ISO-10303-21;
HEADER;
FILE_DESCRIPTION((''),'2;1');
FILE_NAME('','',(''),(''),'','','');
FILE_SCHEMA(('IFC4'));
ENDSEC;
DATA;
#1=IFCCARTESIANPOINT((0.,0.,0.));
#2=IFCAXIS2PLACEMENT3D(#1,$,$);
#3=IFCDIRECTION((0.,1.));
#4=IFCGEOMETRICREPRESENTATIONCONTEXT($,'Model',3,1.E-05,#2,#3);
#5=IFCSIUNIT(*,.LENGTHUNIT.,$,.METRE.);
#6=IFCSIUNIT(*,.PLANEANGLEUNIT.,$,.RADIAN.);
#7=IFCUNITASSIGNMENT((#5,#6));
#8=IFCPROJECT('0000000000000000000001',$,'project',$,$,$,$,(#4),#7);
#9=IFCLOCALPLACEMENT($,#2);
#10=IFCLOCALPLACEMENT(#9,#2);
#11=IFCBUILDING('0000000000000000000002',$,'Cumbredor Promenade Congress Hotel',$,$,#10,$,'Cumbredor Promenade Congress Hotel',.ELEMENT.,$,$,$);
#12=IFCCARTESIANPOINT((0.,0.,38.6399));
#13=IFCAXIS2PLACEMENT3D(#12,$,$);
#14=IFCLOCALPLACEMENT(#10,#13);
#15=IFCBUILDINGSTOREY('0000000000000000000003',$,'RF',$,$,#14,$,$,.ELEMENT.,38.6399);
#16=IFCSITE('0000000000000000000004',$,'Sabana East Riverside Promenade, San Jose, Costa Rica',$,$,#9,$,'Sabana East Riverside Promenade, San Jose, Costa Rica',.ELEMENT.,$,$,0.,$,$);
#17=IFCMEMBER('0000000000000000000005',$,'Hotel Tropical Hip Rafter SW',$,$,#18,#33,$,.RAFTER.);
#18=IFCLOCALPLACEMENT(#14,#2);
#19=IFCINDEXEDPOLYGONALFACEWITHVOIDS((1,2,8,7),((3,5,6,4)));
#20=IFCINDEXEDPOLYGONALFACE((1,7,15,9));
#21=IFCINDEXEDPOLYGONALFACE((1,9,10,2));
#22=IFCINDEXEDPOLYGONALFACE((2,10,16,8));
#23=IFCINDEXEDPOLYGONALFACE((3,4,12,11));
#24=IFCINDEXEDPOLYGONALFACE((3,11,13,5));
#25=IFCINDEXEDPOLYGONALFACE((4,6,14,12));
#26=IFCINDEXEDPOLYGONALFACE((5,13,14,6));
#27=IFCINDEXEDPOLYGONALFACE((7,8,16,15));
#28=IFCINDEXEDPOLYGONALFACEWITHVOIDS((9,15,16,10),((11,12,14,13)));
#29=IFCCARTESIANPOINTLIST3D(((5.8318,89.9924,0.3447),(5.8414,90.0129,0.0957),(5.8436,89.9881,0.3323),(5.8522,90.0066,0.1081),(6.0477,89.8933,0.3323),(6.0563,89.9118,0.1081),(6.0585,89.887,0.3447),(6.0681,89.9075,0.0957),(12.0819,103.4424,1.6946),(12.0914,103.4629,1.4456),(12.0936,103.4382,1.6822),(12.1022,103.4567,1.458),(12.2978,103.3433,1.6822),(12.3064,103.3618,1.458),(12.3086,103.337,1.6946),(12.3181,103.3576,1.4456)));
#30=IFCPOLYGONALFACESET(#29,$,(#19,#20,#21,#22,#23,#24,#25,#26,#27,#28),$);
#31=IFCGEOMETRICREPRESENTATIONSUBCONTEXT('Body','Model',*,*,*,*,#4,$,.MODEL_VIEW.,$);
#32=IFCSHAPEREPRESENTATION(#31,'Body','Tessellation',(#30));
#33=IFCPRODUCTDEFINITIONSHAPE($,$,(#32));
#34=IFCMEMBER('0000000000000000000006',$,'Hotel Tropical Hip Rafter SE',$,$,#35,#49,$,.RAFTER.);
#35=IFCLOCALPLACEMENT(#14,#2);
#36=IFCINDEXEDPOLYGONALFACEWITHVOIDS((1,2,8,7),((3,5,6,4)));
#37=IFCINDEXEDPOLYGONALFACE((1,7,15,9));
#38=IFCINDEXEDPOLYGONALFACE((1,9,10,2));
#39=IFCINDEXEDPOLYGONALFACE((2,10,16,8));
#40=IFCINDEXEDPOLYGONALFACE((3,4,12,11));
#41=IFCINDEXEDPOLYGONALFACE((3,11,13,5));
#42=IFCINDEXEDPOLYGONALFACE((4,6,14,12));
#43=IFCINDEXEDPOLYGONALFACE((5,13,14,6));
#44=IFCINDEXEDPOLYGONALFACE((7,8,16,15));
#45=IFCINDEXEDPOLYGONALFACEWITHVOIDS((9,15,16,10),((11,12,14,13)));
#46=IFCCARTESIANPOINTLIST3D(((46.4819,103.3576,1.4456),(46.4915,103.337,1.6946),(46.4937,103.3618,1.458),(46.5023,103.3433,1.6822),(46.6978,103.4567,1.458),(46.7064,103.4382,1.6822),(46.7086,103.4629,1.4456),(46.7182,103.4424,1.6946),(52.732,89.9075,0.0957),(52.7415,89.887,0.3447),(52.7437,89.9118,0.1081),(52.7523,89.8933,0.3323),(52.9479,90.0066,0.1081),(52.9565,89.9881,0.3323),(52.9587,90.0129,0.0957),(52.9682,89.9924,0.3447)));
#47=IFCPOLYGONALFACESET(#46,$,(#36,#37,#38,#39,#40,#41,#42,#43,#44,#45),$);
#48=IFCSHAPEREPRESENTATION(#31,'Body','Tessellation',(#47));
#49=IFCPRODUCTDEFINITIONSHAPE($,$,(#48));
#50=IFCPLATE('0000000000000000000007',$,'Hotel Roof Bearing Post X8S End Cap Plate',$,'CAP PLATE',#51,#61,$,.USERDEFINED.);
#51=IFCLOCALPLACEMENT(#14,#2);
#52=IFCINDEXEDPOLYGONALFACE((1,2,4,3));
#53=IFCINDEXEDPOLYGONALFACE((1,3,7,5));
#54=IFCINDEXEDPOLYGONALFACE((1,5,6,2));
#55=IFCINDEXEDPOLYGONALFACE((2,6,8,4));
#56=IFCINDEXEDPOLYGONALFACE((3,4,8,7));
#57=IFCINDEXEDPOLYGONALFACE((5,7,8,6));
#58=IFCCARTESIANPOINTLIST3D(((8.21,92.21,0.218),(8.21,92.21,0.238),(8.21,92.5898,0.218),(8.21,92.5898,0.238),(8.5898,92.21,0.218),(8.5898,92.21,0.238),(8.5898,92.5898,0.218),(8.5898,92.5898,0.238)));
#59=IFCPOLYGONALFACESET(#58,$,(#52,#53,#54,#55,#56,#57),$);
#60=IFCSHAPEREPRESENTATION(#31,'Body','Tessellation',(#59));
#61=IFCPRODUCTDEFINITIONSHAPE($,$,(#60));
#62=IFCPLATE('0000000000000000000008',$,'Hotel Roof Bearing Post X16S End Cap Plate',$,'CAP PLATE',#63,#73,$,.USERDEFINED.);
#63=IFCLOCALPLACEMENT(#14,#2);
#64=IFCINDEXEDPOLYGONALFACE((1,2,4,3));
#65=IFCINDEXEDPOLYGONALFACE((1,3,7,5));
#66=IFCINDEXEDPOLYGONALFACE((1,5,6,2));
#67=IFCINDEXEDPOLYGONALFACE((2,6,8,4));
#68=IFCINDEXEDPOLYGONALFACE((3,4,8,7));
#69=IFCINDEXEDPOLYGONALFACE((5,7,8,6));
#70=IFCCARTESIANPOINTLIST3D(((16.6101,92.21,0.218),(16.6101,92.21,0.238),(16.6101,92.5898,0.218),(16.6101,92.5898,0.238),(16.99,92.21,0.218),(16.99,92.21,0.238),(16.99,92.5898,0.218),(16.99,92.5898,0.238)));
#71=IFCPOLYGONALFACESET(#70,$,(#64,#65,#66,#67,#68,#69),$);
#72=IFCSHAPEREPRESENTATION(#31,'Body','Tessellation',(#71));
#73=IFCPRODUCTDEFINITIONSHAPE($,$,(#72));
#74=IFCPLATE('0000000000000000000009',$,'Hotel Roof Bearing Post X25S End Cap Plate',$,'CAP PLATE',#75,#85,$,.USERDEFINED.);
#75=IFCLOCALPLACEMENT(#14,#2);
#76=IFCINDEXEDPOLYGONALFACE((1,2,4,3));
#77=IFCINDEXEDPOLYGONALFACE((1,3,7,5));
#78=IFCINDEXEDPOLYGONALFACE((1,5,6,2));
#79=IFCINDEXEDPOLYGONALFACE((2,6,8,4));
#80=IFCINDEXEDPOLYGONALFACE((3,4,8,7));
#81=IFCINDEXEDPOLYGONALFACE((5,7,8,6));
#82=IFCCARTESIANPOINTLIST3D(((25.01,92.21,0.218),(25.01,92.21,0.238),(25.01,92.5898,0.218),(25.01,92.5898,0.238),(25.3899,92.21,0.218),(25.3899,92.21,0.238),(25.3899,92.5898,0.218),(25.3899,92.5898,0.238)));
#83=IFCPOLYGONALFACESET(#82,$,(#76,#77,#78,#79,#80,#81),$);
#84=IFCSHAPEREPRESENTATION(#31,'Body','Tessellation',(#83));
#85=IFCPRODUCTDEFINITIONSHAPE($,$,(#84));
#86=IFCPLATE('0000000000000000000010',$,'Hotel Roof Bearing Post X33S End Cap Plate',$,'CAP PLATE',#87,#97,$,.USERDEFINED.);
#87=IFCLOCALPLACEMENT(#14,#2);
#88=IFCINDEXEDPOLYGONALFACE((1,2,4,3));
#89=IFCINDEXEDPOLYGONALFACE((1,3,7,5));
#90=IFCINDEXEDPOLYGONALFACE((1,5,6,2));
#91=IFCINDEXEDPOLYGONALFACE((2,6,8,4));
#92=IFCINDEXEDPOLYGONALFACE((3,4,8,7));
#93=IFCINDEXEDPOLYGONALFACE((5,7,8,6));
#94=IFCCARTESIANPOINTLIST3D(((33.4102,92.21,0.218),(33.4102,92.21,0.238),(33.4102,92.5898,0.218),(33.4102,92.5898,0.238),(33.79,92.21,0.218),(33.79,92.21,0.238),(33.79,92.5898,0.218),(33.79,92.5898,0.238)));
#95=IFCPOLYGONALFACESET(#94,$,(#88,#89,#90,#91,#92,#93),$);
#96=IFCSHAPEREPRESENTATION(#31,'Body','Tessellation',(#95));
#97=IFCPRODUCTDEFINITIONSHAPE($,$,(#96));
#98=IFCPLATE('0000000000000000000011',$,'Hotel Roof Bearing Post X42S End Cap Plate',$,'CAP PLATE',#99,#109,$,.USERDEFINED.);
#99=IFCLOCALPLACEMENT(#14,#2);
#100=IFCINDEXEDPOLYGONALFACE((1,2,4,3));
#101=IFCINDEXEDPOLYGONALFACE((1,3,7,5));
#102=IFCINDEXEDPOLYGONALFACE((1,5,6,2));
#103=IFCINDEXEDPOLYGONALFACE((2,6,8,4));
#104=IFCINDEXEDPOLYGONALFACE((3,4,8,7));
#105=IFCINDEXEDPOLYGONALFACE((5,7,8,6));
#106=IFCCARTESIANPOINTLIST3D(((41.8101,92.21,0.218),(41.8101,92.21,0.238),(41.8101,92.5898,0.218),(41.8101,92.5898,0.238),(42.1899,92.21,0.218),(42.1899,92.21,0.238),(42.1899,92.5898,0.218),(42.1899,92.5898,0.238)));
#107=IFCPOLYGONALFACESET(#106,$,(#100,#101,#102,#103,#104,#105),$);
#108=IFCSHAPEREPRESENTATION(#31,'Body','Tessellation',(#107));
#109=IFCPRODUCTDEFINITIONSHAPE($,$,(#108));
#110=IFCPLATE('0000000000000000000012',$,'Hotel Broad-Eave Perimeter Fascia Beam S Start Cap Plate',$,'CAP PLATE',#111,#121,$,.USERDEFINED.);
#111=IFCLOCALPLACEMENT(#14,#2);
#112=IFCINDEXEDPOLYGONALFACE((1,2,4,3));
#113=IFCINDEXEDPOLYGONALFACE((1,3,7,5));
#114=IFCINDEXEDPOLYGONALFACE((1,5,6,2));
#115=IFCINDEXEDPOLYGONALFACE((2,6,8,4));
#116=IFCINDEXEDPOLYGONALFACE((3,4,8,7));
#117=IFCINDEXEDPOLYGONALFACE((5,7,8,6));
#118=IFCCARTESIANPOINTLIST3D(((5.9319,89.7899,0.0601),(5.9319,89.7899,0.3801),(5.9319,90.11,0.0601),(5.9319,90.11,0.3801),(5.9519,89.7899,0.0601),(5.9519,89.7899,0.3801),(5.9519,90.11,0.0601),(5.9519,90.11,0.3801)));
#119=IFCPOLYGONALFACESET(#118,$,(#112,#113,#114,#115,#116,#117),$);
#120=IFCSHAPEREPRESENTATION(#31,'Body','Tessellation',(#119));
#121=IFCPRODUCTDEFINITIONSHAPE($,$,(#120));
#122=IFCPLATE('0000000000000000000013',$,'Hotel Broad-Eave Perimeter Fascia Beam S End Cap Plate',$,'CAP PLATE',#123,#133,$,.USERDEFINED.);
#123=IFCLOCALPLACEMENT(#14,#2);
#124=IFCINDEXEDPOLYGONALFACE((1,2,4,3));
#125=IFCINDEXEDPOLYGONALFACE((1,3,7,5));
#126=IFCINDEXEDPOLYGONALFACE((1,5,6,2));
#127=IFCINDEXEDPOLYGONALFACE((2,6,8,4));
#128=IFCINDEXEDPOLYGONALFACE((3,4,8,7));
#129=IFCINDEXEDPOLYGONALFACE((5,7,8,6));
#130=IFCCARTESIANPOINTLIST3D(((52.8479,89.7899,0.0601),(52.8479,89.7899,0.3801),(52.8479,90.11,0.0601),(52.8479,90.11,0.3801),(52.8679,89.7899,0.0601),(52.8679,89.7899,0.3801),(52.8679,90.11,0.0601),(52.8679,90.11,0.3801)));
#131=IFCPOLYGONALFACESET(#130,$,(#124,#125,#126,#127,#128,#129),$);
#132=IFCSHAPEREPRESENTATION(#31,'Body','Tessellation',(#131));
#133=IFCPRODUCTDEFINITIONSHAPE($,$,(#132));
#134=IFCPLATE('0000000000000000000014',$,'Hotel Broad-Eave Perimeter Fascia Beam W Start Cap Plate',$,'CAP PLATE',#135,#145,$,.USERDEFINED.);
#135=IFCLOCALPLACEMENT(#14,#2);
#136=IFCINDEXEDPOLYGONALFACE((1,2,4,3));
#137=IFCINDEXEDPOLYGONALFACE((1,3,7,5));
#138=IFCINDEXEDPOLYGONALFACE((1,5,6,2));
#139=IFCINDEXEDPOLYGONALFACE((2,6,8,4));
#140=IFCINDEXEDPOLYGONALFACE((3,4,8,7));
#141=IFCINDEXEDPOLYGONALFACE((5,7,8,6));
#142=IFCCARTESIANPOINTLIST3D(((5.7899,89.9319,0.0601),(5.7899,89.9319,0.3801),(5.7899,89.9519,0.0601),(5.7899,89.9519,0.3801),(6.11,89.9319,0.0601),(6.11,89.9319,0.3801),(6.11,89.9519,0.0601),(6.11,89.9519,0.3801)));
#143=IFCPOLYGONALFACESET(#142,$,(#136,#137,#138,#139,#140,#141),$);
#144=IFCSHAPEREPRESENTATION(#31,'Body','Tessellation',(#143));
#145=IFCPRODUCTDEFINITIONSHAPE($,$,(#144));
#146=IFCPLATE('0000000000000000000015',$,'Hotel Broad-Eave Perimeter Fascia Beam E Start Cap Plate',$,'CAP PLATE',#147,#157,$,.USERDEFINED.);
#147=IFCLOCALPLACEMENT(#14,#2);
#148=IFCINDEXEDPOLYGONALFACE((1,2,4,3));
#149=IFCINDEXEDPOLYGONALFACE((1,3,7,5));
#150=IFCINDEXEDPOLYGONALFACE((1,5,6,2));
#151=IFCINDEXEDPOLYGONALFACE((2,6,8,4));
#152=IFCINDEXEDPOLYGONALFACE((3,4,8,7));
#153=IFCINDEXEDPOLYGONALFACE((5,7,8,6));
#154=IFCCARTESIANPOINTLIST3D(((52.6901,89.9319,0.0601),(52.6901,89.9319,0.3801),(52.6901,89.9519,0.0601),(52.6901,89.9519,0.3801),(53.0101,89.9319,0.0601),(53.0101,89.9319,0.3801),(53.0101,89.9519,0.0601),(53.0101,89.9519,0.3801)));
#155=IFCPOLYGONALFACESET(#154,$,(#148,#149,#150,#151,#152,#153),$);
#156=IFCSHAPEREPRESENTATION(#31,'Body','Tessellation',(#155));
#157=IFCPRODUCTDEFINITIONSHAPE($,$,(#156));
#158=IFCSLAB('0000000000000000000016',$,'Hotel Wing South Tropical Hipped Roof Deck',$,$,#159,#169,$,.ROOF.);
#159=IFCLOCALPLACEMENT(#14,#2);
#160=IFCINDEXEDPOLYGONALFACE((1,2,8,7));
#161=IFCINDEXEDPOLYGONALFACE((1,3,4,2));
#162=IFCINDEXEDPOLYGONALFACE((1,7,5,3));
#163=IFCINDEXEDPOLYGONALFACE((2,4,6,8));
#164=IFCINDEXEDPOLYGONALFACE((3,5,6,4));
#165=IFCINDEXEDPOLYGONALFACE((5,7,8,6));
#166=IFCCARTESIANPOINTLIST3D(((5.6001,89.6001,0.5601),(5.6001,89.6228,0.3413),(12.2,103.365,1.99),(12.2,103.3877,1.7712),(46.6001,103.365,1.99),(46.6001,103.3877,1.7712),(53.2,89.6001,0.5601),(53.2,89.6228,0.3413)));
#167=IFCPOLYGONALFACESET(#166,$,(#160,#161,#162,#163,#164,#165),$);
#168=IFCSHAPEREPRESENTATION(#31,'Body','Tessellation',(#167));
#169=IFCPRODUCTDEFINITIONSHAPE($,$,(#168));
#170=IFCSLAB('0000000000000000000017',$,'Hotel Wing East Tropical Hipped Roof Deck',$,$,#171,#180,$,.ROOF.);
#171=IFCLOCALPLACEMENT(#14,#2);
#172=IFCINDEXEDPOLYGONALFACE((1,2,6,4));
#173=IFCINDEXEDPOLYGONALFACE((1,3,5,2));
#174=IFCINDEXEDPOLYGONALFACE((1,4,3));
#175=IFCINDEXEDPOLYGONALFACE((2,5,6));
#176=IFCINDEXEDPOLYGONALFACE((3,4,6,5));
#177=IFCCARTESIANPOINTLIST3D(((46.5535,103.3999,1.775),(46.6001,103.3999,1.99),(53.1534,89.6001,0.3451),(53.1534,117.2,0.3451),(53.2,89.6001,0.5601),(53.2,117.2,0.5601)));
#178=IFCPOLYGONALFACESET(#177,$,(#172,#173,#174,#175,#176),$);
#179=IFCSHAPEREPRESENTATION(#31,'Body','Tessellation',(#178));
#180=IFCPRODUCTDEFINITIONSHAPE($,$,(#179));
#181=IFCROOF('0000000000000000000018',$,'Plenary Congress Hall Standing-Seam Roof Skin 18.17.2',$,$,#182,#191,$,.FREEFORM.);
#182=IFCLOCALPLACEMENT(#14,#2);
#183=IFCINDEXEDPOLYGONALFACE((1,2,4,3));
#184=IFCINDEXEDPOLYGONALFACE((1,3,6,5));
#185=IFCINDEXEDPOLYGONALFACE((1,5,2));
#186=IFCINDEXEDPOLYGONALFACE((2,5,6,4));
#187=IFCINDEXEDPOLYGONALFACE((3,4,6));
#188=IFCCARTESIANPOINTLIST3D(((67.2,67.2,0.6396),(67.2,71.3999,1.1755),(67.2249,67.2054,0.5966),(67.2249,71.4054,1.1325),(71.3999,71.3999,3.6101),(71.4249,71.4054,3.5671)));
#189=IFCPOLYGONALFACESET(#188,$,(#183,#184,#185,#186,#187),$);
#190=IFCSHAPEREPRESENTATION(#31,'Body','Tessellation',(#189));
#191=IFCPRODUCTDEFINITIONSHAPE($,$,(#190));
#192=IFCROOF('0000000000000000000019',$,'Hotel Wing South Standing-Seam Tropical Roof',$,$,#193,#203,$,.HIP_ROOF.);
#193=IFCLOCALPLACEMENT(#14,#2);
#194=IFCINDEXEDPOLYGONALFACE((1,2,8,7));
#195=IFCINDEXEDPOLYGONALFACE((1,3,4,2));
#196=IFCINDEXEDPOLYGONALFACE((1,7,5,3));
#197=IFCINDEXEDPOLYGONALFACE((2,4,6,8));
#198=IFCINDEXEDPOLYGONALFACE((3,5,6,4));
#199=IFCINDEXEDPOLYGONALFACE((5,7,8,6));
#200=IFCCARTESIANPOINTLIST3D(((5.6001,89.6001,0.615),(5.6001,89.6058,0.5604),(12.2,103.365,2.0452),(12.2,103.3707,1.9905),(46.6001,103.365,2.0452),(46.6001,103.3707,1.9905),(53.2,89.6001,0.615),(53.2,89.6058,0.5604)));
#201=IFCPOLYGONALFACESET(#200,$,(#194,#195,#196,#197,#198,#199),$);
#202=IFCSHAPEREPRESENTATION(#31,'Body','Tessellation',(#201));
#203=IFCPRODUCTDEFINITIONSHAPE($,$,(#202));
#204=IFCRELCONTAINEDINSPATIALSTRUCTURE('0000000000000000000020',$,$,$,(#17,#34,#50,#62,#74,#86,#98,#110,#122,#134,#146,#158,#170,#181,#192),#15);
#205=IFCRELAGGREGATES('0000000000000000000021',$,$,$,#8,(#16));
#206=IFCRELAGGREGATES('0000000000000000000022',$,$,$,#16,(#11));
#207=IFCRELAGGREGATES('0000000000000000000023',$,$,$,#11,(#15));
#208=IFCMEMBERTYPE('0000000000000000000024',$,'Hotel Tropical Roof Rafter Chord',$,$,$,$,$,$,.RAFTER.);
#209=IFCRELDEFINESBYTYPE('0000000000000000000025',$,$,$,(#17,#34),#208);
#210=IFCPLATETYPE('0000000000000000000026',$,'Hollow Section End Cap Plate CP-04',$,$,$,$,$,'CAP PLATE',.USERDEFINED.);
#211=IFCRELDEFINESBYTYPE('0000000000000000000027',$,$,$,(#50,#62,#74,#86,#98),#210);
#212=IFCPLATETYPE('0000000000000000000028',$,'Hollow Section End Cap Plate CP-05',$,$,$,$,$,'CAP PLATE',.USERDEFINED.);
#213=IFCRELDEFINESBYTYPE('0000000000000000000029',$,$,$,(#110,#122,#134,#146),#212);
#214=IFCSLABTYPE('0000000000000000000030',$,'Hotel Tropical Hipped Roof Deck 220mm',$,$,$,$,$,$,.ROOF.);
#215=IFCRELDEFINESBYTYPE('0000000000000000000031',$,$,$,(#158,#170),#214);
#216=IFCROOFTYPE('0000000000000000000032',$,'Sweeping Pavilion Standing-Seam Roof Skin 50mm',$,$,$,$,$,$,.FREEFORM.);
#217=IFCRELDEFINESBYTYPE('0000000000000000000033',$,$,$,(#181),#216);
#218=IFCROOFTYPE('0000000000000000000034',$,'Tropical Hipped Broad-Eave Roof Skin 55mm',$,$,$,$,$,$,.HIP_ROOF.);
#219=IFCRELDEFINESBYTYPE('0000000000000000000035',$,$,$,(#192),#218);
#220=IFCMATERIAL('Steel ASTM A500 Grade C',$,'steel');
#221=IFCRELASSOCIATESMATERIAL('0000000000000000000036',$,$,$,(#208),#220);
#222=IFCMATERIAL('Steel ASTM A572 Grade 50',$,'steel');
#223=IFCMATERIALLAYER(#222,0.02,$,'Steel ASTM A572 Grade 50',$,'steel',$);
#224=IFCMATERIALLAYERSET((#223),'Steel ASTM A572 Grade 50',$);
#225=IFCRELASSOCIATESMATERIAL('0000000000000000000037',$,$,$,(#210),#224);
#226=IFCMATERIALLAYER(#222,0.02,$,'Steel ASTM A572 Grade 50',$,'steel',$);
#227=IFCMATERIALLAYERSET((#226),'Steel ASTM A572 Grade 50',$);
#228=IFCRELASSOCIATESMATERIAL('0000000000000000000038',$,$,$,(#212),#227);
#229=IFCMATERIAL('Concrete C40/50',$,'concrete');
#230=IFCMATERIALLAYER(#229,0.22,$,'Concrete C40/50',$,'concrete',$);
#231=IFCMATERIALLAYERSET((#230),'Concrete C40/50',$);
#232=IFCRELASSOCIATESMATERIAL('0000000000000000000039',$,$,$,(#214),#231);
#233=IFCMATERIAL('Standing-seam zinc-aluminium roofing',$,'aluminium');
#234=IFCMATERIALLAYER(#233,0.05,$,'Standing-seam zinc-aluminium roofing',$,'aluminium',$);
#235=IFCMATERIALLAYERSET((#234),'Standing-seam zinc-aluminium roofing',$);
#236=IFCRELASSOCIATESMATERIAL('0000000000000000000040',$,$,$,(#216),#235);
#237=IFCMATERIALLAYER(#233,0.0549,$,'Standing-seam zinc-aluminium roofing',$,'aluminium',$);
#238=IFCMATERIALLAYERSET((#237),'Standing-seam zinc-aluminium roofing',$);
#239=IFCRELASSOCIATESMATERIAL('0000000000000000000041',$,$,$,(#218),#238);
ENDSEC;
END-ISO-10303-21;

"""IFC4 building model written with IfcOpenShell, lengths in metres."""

from ifc_helpers import new_model, si_unit, direction, frame, origin, origin_2d, place, context, subcontext, project, spatial, polyline, rectangle, hollow_rectangle, outline, extrude, material, layer, layer_set, material_profile, profile_set, type_object, element, save


model = new_model("IFC4")

# Units and contexts
model_context = context("Model", 3, precision=1e-05, world=origin(), true_north=direction((0.0, 1.0)))
body_context = subcontext(model_context, "Body", "Model", "MODEL_VIEW")
ifc_project = project(units=[si_unit("LENGTHUNIT", "METRE"), si_unit("PLANEANGLEUNIT", "RADIAN")], contexts=[model_context])

# Site, building, storey
site_placement = place(None, origin())
site = spatial("IfcSite", under=ifc_project, at=site_placement, Name="Sabana East Riverside Promenade, San Jose, Costa Rica", LongName="Sabana East Riverside Promenade, San Jose, Costa Rica", CompositionType="ELEMENT", RefElevation=0.0)
building_placement = place(site_placement, origin())
building = spatial("IfcBuilding", under=site, at=building_placement, Name="Cumbredor Promenade Congress Hotel", LongName="Cumbredor Promenade Congress Hotel", CompositionType="ELEMENT")
storey_placement = place(building_placement, frame((0.0, 0.0, 38.6399)))
storey = spatial("IfcBuildingStorey", under=building, at=storey_placement, Name="RF", CompositionType="ELEMENT", Elevation=38.6399)

# Shared definitions
ifc_material_1 = material(Name="Steel ASTM A500 Grade C", Category="steel")

# Members
ifc_material_profile_1 = material_profile(ifc_material_1, hollow_rectangle(XDim=0.25, YDim=0.25, WallThickness=0.0125, at=origin_2d()), Name="HSS 250x250x12.5")
ifc_profile_set_1 = profile_set([ifc_material_profile_1], Name="Steel ASTM A500 Grade C")
member_type = type_object("IfcMemberType", Name="Hotel Tropical Roof Rafter Chord", PredefinedType="RAFTER", material=ifc_profile_set_1)
for number, where, z_axis, x_axis, name in (
    (1, (5.95, 89.95, 0.2202), (0.419675, 0.903137, 0.09064), (-0.90687, 0.42141, 0.0), "Hotel Tropical Hip Rafter SW"),
    (2, (52.8501, 89.95, 0.2202), (-0.419675, 0.903137, 0.09064), (-0.90687, -0.42141, 0.0), "Hotel Tropical Hip Rafter SE"),
):
    element("IfcMember", number, at=place(storey_placement, frame(where, z_axis=z_axis, x_axis=x_axis)), inside=storey, type_object=member_type, Name=name, PredefinedType="RAFTER", context=body_context, shape_type="SweptSolid", body=[
        extrude(hollow_rectangle(XDim=0.25, YDim=0.25, WallThickness=0.0125, at=origin_2d()), origin(), (0.0, 0.0, 1.0), 14.8926),
    ])

# Plates
ifc_material_2 = material(Name="Steel ASTM A572 Grade 50", Category="steel")
ifc_layer_1 = layer(ifc_material_2, 0.02, Name="Steel ASTM A572 Grade 50", Category="steel")
ifc_layer_set_1 = layer_set([ifc_layer_1], Name="Steel ASTM A572 Grade 50")
plate_type_1 = type_object("IfcPlateType", Name="Hollow Section End Cap Plate CP-04", ElementType="CAP PLATE", PredefinedType="USERDEFINED", material=ifc_layer_set_1)
for number, where, z_axis, x_axis, name in (
    (3, (8.3999, 92.3999, 0.218), (0.0, 0.0, 1.0), (1.0, 0.0, 0.0), "Hotel Roof Bearing Post X8S End Cap Plate"),
    (4, (16.8, 92.3999, 0.218), (0.0, 0.0, 1.0), (1.0, 0.0, 0.0), "Hotel Roof Bearing Post X16S End Cap Plate"),
    (5, (25.2, 92.3999, 0.218), (0.0, 0.0, 1.0), (1.0, 0.0, 0.0), "Hotel Roof Bearing Post X25S End Cap Plate"),
    (6, (33.6001, 92.3999, 0.218), (0.0, 0.0, 1.0), (1.0, 0.0, 0.0), "Hotel Roof Bearing Post X33S End Cap Plate"),
    (7, (42.0, 92.3999, 0.218), (0.0, 0.0, 1.0), (1.0, 0.0, 0.0), "Hotel Roof Bearing Post X42S End Cap Plate"),
):
    element("IfcPlate", number, at=place(storey_placement, frame(where, z_axis=z_axis, x_axis=x_axis)), inside=storey, type_object=plate_type_1, Name=name, ObjectType="CAP PLATE", PredefinedType="USERDEFINED", context=body_context, shape_type="SweptSolid", body=[
        extrude(rectangle(XDim=0.3799, YDim=0.3799, at=origin_2d()), origin(), (0.0, 0.0, 1.0), 0.02),
    ])
ifc_layer_2 = layer(ifc_material_2, 0.02, Name="Steel ASTM A572 Grade 50", Category="steel")
ifc_layer_set_2 = layer_set([ifc_layer_2], Name="Steel ASTM A572 Grade 50")
plate_type_2 = type_object("IfcPlateType", Name="Hollow Section End Cap Plate CP-05", ElementType="CAP PLATE", PredefinedType="USERDEFINED", material=ifc_layer_set_2)
for number, where, z_axis, x_axis, name in (
    (8, (5.9419, 89.95, 0.0601), (0.0, 0.0, 1.0), (1.0, 0.0, 0.0), "Hotel Broad-Eave Perimeter Fascia Beam S Start Cap Plate"),
    (9, (52.8579, 89.95, 0.0601), (0.0, 0.0, 1.0), (1.0, 0.0, 0.0), "Hotel Broad-Eave Perimeter Fascia Beam S End Cap Plate"),
    (10, (5.95, 89.9419, 0.0601), (0.0, 0.0, 1.0), (0.0, 1.0, 0.0), "Hotel Broad-Eave Perimeter Fascia Beam W Start Cap Plate"),
    (11, (52.8501, 89.9419, 0.0601), (0.0, 0.0, 1.0), (0.0, 1.0, 0.0), "Hotel Broad-Eave Perimeter Fascia Beam E Start Cap Plate"),
):
    element("IfcPlate", number, at=place(storey_placement, frame(where, z_axis=z_axis, x_axis=x_axis)), inside=storey, type_object=plate_type_2, Name=name, ObjectType="CAP PLATE", PredefinedType="USERDEFINED", context=body_context, shape_type="SweptSolid", body=[
        extrude(rectangle(XDim=0.02, YDim=0.3201, at=origin_2d()), origin(), (0.0, 0.0, 1.0), 0.3201),
    ])

# Slabs
ifc_material_3 = material(Name="Concrete C40/50", Category="concrete")
ifc_layer_3 = layer(ifc_material_3, 0.22, Name="Concrete C40/50", Category="concrete")
ifc_layer_set_3 = layer_set([ifc_layer_3], Name="Concrete C40/50")
slab_type = type_object("IfcSlabType", Name="Hotel Tropical Hipped Roof Deck 220mm", PredefinedType="ROOF", material=ifc_layer_set_3)
slab_1_placement = place(storey_placement, frame((5.6001, 89.6001, 0.5601), z_axis=(0.0, -0.103326, 0.994647), x_axis=(1.0, 0.0, 0.0)))
element("IfcSlab", 12, at=slab_1_placement, inside=storey, type_object=slab_type, Name="Hotel Wing South Tropical Hipped Roof Deck", PredefinedType="ROOF", context=body_context, shape_type="SweptSolid", body=[
    extrude(outline(polyline([(0.0, 0.0), (47.5999, 0.0), (41.0, 13.839), (6.5999, 13.839), (0.0, 0.0)])), origin(), (0.0, 0.0, -1.0), 0.22),
])
slab_2_placement = place(storey_placement, frame((53.2, 89.6001, 0.5601), z_axis=(0.211748, 0.0, 0.977324), x_axis=(0.0, 1.0, 0.0)))
element("IfcSlab", 13, at=slab_2_placement, inside=storey, type_object=slab_type, Name="Hotel Wing East Tropical Hipped Roof Deck", PredefinedType="ROOF", context=body_context, shape_type="SweptSolid", body=[
    extrude(outline(polyline([(0.0, 0.0), (27.5999, 0.0), (13.7998, 6.753), (0.0, 0.0)])), origin(), (0.0, 0.0, -1.0), 0.22),
])

# Roofs
ifc_material_4 = material(Name="Standing-seam zinc-aluminium roofing", Category="aluminium")
ifc_layer_4 = layer(ifc_material_4, 0.05, Name="Standing-seam zinc-aluminium roofing", Category="aluminium")
ifc_layer_set_4 = layer_set([ifc_layer_4], Name="Standing-seam zinc-aluminium roofing")
roof_type_1 = type_object("IfcRoofType", Name="Sweeping Pavilion Standing-Seam Roof Skin 50mm", PredefinedType="FREEFORM", material=ifc_layer_set_4)
roof_1_placement = place(storey_placement, frame((67.2, 67.2, 0.6396), z_axis=(-0.498474, -0.109722, 0.859933), x_axis=(0.632428, 0.632428, 0.447291)))
element("IfcRoof", 14, at=roof_1_placement, inside=storey, type_object=roof_type_1, Name="Plenary Congress Hall Standing-Seam Roof Skin 18.17.2", PredefinedType="FREEFORM", context=body_context, shape_type="SweptSolid", body=[
    extrude(outline(polyline([(0.0, 0.0), (6.641, 0.0), (2.8959, 3.0888), (0.0, 0.0)])), origin(), (0.0, 0.0, -1.0), 0.05),
])
ifc_layer_5 = layer(ifc_material_4, 0.0549, Name="Standing-seam zinc-aluminium roofing", Category="aluminium")
ifc_layer_set_5 = layer_set([ifc_layer_5], Name="Standing-seam zinc-aluminium roofing")
roof_type_2 = type_object("IfcRoofType", Name="Tropical Hipped Broad-Eave Roof Skin 55mm", PredefinedType="HIP_ROOF", material=ifc_layer_set_5)
roof_2_placement = place(storey_placement, frame((5.6001, 89.6001, 0.615), z_axis=(0.0, -0.103344, 0.994646), x_axis=(1.0, 0.0, 0.0)))
element("IfcRoof", 15, at=roof_2_placement, inside=storey, type_object=roof_type_2, Name="Hotel Wing South Standing-Seam Tropical Roof", PredefinedType="HIP_ROOF", context=body_context, shape_type="SweptSolid", body=[
    extrude(outline(polyline([(0.0, 0.0), (47.5999, 0.0), (41.0, 13.839), (6.5999, 13.839), (0.0, 0.0)])), origin(), (0.0, 0.0, -1.0), 0.0549),
])

save(model, "model.ifc")
